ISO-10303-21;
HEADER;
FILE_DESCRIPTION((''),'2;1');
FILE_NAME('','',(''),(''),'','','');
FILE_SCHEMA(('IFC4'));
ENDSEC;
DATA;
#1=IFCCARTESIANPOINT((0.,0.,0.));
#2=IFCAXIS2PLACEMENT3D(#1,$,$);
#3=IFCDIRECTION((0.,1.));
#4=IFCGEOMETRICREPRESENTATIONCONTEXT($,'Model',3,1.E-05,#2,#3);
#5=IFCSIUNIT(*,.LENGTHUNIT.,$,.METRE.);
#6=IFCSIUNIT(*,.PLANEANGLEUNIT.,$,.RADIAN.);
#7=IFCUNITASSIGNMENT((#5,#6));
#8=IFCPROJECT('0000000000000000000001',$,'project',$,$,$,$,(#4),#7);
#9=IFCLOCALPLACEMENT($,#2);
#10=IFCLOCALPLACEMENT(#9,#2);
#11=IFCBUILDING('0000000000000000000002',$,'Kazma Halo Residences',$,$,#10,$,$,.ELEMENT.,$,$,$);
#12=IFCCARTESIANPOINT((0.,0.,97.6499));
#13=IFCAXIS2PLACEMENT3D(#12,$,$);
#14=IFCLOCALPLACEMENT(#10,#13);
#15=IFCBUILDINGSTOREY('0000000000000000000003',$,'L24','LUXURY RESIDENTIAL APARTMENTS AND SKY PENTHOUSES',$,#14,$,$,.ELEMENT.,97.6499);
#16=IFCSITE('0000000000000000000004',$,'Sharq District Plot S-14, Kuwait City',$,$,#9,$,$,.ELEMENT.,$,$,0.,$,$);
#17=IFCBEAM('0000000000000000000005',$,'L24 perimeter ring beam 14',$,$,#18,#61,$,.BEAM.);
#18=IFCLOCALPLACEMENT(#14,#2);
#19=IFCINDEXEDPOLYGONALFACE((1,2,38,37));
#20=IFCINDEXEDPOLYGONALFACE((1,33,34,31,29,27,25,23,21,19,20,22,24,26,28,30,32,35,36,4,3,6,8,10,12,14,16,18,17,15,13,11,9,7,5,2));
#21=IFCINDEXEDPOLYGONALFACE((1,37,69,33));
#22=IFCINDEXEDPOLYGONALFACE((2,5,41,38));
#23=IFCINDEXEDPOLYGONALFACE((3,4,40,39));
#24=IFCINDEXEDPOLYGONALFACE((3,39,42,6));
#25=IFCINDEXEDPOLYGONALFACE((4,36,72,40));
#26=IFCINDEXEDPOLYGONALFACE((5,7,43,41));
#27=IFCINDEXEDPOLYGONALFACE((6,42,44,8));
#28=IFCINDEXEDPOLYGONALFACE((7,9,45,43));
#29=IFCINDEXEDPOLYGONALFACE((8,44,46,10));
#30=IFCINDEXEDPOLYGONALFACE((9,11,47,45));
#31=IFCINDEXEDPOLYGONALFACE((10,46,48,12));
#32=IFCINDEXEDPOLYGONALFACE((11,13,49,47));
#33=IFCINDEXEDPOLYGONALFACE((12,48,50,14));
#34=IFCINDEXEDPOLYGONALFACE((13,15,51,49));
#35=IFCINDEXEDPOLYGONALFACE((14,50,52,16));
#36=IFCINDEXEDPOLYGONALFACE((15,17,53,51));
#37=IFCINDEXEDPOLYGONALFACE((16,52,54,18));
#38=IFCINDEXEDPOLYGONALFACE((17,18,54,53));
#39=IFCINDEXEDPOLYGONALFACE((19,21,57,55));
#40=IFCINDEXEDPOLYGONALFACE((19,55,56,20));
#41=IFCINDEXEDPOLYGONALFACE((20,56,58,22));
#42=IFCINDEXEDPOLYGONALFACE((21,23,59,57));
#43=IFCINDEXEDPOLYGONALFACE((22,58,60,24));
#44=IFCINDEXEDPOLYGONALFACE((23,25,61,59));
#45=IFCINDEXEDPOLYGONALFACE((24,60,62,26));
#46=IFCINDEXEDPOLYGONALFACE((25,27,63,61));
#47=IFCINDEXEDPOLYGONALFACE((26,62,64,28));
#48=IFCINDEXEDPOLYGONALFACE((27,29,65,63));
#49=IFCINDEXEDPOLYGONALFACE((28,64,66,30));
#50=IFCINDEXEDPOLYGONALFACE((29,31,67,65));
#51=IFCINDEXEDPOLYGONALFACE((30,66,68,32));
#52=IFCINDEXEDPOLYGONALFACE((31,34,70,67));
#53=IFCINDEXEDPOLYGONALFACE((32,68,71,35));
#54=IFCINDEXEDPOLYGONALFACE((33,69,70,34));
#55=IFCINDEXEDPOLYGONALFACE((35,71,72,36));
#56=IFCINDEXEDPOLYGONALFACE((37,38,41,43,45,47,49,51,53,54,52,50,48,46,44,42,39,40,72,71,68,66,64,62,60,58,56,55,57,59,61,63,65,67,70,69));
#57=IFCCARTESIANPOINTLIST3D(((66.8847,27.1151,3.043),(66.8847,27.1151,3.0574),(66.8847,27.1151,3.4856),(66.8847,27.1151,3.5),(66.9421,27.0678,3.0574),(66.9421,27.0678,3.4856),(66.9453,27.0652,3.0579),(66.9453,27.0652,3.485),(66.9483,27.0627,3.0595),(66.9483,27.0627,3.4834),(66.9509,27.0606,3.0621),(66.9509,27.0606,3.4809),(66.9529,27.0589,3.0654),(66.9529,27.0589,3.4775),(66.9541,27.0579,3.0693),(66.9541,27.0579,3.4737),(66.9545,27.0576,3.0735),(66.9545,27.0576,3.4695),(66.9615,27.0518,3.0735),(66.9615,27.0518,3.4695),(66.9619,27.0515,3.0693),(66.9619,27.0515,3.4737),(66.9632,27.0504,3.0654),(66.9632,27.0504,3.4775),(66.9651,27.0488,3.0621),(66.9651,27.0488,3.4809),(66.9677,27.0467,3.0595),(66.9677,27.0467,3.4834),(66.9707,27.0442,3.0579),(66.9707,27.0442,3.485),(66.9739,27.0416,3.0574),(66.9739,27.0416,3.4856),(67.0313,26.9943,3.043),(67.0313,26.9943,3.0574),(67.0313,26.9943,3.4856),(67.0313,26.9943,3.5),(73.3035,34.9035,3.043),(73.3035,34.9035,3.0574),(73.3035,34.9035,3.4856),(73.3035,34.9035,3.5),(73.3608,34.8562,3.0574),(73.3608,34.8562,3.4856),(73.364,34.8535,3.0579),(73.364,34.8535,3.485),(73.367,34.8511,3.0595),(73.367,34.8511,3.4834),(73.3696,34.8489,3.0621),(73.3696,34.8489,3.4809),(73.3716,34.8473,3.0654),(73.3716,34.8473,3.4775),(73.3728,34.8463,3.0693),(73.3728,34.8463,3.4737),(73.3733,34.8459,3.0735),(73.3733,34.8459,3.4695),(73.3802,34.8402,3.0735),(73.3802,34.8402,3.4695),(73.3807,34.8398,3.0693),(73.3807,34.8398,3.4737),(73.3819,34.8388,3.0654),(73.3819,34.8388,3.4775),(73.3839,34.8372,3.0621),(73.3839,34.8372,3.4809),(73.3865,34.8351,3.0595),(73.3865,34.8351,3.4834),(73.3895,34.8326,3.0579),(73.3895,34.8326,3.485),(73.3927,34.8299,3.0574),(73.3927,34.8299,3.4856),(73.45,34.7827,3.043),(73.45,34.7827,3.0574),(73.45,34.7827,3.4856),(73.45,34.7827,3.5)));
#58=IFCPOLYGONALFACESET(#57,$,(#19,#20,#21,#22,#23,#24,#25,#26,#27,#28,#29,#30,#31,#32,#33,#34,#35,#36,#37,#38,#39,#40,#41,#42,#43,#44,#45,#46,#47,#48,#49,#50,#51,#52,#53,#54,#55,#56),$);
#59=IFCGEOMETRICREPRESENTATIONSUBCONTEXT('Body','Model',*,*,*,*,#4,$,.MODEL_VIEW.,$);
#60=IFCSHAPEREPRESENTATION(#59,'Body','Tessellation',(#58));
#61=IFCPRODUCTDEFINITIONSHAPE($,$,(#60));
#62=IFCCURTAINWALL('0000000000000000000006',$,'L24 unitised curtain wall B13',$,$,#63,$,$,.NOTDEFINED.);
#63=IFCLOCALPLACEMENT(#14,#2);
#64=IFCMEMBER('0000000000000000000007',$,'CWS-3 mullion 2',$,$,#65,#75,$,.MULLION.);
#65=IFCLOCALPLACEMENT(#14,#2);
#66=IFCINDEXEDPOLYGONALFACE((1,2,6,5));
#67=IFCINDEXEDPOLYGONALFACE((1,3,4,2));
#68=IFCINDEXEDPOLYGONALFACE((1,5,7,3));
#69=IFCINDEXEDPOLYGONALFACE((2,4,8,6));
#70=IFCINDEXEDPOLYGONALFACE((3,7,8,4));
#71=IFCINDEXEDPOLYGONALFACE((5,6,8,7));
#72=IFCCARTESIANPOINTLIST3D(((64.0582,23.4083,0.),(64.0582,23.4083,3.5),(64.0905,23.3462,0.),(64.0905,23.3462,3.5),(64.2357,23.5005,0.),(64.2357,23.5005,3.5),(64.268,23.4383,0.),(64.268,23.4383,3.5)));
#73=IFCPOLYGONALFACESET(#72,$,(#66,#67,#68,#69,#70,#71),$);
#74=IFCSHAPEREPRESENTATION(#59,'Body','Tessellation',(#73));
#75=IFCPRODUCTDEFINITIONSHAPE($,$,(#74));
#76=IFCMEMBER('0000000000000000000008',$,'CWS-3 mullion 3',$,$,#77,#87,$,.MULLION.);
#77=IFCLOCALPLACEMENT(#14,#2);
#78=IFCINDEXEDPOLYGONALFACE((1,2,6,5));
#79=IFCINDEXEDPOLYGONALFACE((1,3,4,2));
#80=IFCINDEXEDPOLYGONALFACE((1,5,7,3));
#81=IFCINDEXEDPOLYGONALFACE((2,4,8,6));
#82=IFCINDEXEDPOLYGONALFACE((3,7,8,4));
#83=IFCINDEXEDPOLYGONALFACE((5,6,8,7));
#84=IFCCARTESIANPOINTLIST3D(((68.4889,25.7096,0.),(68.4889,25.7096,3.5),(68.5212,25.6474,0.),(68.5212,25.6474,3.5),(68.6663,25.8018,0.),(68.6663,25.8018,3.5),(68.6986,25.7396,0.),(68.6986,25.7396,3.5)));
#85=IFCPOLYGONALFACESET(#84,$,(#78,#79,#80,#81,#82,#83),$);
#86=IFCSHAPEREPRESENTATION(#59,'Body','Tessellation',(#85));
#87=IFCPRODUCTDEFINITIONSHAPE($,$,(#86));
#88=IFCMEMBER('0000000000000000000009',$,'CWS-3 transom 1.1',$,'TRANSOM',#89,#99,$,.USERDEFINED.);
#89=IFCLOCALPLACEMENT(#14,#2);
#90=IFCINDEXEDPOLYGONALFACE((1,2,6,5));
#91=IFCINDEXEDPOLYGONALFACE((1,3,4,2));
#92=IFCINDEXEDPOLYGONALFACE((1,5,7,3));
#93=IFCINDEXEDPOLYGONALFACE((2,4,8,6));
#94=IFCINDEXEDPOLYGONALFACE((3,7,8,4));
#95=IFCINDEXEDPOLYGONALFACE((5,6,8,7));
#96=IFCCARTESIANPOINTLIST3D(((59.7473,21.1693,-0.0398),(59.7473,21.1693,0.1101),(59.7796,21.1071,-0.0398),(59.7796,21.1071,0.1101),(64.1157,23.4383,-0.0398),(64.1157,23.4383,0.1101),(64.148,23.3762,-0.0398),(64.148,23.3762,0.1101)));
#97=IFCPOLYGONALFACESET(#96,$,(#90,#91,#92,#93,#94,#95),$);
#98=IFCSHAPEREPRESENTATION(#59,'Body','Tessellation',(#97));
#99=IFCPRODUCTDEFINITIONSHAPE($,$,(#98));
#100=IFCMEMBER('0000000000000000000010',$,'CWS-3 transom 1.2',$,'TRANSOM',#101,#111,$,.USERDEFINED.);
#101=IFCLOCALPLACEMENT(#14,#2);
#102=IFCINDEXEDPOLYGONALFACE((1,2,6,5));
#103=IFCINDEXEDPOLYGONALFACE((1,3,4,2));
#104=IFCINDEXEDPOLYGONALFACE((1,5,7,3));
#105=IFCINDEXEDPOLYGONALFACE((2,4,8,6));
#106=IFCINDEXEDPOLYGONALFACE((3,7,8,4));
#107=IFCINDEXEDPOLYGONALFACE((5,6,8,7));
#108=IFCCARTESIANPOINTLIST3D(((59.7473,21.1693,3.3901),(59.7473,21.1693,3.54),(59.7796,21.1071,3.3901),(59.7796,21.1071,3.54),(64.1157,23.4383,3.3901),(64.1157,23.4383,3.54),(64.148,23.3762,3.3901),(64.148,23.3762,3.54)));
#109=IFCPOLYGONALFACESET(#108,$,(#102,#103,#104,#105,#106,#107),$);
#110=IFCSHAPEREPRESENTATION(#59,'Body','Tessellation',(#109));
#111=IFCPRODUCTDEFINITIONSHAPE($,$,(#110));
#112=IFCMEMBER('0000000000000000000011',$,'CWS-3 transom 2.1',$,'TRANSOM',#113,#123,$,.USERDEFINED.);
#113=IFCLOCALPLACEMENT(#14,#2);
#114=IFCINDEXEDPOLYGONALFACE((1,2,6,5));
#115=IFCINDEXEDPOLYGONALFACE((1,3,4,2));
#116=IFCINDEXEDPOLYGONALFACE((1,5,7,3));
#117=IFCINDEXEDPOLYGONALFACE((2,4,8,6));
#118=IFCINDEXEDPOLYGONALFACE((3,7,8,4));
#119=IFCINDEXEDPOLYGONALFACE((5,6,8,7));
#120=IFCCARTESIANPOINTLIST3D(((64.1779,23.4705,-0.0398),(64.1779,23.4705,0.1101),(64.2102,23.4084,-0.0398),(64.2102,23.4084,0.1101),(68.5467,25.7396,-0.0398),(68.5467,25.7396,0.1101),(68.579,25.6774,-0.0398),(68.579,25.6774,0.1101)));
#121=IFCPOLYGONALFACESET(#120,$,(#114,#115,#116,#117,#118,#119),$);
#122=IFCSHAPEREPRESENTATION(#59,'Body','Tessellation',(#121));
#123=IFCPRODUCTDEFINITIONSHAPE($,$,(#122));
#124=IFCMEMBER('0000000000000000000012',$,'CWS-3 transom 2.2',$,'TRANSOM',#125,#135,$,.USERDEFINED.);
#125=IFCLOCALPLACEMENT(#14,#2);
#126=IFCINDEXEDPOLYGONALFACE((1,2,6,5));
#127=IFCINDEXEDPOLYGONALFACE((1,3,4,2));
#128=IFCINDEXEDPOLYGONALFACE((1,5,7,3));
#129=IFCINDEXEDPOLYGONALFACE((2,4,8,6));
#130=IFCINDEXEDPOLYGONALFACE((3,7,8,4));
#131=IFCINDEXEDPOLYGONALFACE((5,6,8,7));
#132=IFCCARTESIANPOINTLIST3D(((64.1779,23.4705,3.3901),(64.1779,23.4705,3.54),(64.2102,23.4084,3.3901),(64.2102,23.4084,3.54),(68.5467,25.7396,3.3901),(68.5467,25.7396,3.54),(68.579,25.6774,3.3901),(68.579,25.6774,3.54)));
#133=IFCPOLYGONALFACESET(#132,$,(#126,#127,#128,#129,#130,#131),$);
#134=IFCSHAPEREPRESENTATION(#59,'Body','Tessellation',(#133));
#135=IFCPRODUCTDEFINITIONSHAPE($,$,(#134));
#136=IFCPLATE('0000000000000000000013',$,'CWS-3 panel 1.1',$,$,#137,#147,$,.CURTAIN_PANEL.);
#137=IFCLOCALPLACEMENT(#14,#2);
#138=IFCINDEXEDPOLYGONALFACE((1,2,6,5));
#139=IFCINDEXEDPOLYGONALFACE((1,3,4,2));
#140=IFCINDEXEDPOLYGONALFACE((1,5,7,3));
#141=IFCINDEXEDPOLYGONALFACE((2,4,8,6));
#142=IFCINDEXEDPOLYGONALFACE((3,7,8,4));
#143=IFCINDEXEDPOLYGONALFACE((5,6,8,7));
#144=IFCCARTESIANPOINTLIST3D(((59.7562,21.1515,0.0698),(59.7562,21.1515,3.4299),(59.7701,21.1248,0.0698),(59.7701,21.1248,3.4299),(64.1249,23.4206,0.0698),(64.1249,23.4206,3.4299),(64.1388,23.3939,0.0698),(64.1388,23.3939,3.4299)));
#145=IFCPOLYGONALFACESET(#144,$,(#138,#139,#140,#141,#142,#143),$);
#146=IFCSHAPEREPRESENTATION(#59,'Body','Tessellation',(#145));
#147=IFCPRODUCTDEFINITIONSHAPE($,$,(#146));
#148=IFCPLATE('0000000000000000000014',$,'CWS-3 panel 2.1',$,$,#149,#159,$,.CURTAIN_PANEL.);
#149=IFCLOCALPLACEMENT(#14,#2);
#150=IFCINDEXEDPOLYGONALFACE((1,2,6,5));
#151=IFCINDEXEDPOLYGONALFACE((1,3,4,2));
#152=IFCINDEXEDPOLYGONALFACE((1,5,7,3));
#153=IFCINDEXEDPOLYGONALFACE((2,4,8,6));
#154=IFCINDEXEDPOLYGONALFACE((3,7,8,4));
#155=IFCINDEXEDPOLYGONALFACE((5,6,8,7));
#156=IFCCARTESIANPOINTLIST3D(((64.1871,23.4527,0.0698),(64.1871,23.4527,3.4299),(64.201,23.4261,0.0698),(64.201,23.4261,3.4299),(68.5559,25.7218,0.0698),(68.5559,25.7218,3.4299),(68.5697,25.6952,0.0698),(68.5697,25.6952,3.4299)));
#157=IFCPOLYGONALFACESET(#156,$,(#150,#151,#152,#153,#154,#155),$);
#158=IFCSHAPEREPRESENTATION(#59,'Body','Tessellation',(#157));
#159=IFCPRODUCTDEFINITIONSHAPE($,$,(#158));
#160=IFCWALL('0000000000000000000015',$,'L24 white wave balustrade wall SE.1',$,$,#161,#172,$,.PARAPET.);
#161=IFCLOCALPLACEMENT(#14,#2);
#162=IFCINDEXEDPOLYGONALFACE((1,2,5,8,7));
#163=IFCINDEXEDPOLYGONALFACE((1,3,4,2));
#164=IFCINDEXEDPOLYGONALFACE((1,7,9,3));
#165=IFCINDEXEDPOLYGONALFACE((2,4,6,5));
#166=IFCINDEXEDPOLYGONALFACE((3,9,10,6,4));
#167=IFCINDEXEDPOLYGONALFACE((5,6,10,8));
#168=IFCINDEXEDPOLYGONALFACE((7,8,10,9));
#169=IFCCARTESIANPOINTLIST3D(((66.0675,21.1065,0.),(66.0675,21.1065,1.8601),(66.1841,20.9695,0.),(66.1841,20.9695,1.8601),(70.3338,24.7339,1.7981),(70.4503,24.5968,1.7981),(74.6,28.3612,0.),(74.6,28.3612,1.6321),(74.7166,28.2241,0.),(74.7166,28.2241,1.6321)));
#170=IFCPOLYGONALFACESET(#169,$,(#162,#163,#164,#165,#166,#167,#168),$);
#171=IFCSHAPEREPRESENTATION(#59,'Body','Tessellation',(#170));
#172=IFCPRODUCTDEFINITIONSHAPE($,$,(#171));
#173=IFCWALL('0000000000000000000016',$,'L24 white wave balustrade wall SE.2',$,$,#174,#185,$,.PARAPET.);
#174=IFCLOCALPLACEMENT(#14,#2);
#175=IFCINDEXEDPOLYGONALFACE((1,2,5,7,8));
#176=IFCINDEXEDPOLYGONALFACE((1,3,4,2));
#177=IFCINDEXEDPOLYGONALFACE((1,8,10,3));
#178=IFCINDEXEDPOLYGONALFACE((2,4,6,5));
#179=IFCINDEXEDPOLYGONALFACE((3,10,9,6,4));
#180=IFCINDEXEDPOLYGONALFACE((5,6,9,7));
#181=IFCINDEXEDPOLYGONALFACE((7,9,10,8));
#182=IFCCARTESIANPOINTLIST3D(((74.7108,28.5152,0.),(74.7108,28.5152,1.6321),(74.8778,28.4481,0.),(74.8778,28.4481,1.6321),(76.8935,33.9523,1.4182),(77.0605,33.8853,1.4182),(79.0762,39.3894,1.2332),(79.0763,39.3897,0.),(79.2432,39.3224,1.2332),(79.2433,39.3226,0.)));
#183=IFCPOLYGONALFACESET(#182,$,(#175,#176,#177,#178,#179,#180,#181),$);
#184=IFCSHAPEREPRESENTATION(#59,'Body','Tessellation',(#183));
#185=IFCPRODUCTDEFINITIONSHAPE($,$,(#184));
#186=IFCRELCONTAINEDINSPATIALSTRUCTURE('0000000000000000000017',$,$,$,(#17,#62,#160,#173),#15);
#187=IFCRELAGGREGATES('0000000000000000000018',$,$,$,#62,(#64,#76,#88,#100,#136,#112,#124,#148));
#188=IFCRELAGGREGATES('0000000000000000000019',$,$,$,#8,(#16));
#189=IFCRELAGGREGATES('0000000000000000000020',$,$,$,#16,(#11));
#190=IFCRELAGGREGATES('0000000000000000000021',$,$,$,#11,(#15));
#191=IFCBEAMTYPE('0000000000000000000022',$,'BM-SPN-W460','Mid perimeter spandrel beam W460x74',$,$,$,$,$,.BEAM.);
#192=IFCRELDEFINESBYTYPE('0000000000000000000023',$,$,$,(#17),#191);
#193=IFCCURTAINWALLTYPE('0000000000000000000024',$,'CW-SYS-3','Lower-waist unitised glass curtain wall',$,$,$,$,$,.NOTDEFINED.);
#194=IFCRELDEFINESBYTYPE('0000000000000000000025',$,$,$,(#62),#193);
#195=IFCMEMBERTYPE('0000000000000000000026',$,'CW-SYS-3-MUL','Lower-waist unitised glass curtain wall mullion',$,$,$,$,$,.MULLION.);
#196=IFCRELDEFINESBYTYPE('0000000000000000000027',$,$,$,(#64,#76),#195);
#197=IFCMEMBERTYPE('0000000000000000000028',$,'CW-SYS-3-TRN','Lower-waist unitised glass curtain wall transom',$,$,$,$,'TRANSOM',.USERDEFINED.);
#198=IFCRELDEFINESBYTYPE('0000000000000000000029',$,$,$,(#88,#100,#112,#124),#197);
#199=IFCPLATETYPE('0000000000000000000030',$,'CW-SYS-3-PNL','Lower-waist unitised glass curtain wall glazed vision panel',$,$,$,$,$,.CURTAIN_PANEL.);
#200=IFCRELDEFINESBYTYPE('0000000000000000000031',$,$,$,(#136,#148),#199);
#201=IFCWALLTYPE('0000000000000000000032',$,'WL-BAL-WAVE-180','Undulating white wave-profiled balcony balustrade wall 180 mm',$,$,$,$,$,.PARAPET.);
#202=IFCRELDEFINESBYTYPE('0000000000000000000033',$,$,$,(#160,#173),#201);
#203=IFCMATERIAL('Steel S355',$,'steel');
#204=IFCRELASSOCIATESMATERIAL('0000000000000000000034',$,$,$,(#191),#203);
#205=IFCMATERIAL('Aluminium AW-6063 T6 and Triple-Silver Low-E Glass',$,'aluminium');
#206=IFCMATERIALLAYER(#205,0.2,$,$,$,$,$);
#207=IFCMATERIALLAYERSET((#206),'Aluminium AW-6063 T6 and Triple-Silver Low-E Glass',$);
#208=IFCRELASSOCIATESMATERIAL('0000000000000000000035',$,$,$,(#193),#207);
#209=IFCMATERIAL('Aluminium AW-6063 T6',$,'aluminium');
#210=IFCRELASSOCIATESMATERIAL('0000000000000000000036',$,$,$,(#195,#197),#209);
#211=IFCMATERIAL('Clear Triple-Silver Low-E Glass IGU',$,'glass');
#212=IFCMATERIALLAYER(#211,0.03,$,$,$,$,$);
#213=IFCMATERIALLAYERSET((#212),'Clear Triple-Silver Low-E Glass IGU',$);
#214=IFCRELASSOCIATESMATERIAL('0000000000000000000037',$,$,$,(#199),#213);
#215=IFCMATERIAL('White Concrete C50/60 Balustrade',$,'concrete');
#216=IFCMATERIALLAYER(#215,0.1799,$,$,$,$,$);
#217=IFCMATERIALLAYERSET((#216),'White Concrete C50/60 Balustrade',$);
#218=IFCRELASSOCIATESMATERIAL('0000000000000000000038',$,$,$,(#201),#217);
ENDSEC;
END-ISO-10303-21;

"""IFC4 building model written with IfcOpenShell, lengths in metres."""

from ifc_helpers import new_model, si_unit, direction, frame, origin, origin_2d, place, context, subcontext, project, spatial, polyline, rectangle, i_section, outline, extrude, material, layer, layer_set, material_profile, profile_set, type_object, element, aggregate, save


model = new_model("IFC4")

# Units and contexts
model_context = context("Model", 3, precision=1e-05, world=origin(), true_north=direction((0.0, 1.0)))
body_context = subcontext(model_context, "Body", "Model", "MODEL_VIEW")
ifc_project = project(units=[si_unit("LENGTHUNIT", "METRE"), si_unit("PLANEANGLEUNIT", "RADIAN")], contexts=[model_context])

# Site, building, storey
site_placement = place(None, origin())
site = spatial("IfcSite", under=ifc_project, at=site_placement, Name="Sharq District Plot S-14, Kuwait City", CompositionType="ELEMENT", RefElevation=0.0)
building_placement = place(site_placement, origin())
building = spatial("IfcBuilding", under=site, at=building_placement, Name="Kazma Halo Residences", CompositionType="ELEMENT")
storey_placement = place(building_placement, frame((0.0, 0.0, 97.6499)))
storey = spatial("IfcBuildingStorey", under=building, at=storey_placement, Name="L24", Description="LUXURY RESIDENTIAL APARTMENTS AND SKY PENTHOUSES", CompositionType="ELEMENT", Elevation=97.6499)

# Beam
ifc_material_1 = material(Name="Steel S355", Category="steel")
ifc_material_profile_1 = material_profile(ifc_material_1, i_section(OverallWidth=0.1899, OverallDepth=0.457, WebThickness=0.009, FlangeThickness=0.0144, FilletRadius=0.0161, at=origin_2d()), Name="W460x74")
ifc_profile_set_1 = profile_set([ifc_material_profile_1], Name="Steel S355")
beam_type_1 = type_object("IfcBeamType", Name="BM-SPN-W460", Description="Mid perimeter spandrel beam W460x74", PredefinedType="BEAM", material=ifc_profile_set_1)
beam_1_placement = place(storey_placement, frame((66.958, 27.0547, 3.2715), z_axis=(0.63599, 0.771698, 0.0), x_axis=(-0.771698, 0.63599, 0.0)))
element("IfcBeam", 1, at=beam_1_placement, inside=storey, type_object=beam_type_1, Name="L24 perimeter ring beam 14", PredefinedType="BEAM", context=body_context, shape_type="SweptSolid", body=[
    extrude(i_section(OverallWidth=0.1899, OverallDepth=0.457, WebThickness=0.009, FlangeThickness=0.0144, FilletRadius=0.0161, at=origin_2d()), origin(), (0.0, 0.0, 1.0), 10.0925),
])

# Curtain wall, members, plates
ifc_material_2 = material(Name="Aluminium AW-6063 T6 and Triple-Silver Low-E Glass", Category="aluminium")
ifc_layer_1 = layer(ifc_material_2, 0.2)
ifc_layer_set_1 = layer_set([ifc_layer_1], Name="Aluminium AW-6063 T6 and Triple-Silver Low-E Glass")
curtain_wall_type = type_object("IfcCurtainWallType", Name="CW-SYS-3", Description="Lower-waist unitised glass curtain wall", PredefinedType="NOTDEFINED", material=ifc_layer_set_1)
curtain_wall_placement = place(storey_placement, origin())
curtain_wall = element("IfcCurtainWall", 2, at=curtain_wall_placement, inside=storey, type_object=curtain_wall_type, Name="L24 unitised curtain wall B13", PredefinedType="NOTDEFINED")
ifc_material_3 = material(Name="Aluminium AW-6063 T6", Category="aluminium")
ifc_material_profile_2 = material_profile(ifc_material_3, rectangle(XDim=0.0701, YDim=0.2, at=origin_2d()), Name="CWM-70x200")
ifc_profile_set_2 = profile_set([ifc_material_profile_2], Name="Aluminium AW-6063 T6")
member_type_1 = type_object("IfcMemberType", Name="CW-SYS-3-MUL", Description="Lower-waist unitised glass curtain wall mullion", PredefinedType="MULLION", material=ifc_profile_set_2)
member_1_placement = place(storey_placement, frame((64.1631, 23.4233, 0.0), z_axis=(0.0, 0.0, 1.0), x_axis=(-0.460932, 0.887435, 0.0)))
member_1 = element("IfcMember", 3, at=member_1_placement, type_object=member_type_1, Name="CWS-3 mullion 2", PredefinedType="MULLION", context=body_context, shape_type="SweptSolid", body=[
    extrude(rectangle(XDim=0.0701, YDim=0.2, at=origin_2d()), origin(), (0.0, 0.0, 1.0), 3.5),
])
member_2_placement = place(storey_placement, frame((68.5938, 25.7246, 0.0), z_axis=(0.0, 0.0, 1.0), x_axis=(-0.460932, 0.887435, 0.0)))
member_2 = element("IfcMember", 4, at=member_2_placement, type_object=member_type_1, Name="CWS-3 mullion 3", PredefinedType="MULLION", context=body_context, shape_type="SweptSolid", body=[
    extrude(rectangle(XDim=0.0701, YDim=0.2, at=origin_2d()), origin(), (0.0, 0.0, 1.0), 3.5),
])
ifc_material_profile_3 = material_profile(ifc_material_3, rectangle(XDim=0.0701, YDim=0.1499, at=origin_2d()), Name="CWT-70x150")
ifc_profile_set_3 = profile_set([ifc_material_profile_3], Name="Aluminium AW-6063 T6")
member_type_2 = type_object("IfcMemberType", Name="CW-SYS-3-TRN", Description="Lower-waist unitised glass curtain wall transom", ElementType="TRANSOM", PredefinedType="USERDEFINED", material=ifc_profile_set_3)
member_3_placement = place(storey_placement, frame((59.7634, 21.1382, 0.0352), z_axis=(0.887427, 0.460948, 0.0), x_axis=(-0.460948, 0.887427, 0.0)))
member_3 = element("IfcMember", 5, at=member_3_placement, type_object=member_type_2, Name="CWS-3 transom 1.1", ObjectType="TRANSOM", PredefinedType="USERDEFINED", context=body_context, shape_type="SweptSolid", body=[
    extrude(rectangle(XDim=0.0701, YDim=0.1499, at=origin_2d()), origin(), (0.0, 0.0, 1.0), 4.9226),
])
member_4_placement = place(storey_placement, frame((59.7634, 21.1382, 3.4651), z_axis=(0.887427, 0.460948, 0.0), x_axis=(-0.460948, 0.887427, 0.0)))
member_4 = element("IfcMember", 6, at=member_4_placement, type_object=member_type_2, Name="CWS-3 transom 1.2", ObjectType="TRANSOM", PredefinedType="USERDEFINED", context=body_context, shape_type="SweptSolid", body=[
    extrude(rectangle(XDim=0.0701, YDim=0.1499, at=origin_2d()), origin(), (0.0, 0.0, 1.0), 4.9226),
])
member_5_placement = place(storey_placement, frame((64.1941, 23.4395, 0.0352), z_axis=(0.887438, 0.460928, 0.0), x_axis=(-0.460928, 0.887438, 0.0)))
member_5 = element("IfcMember", 7, at=member_5_placement, type_object=member_type_2, Name="CWS-3 transom 2.1", ObjectType="TRANSOM", PredefinedType="USERDEFINED", context=body_context, shape_type="SweptSolid", body=[
    extrude(rectangle(XDim=0.0701, YDim=0.1499, at=origin_2d()), origin(), (0.0, 0.0, 1.0), 4.9229),
])
member_6_placement = place(storey_placement, frame((64.1941, 23.4395, 3.4651), z_axis=(0.887438, 0.460928, 0.0), x_axis=(-0.460928, 0.887438, 0.0)))
member_6 = element("IfcMember", 8, at=member_6_placement, type_object=member_type_2, Name="CWS-3 transom 2.2", ObjectType="TRANSOM", PredefinedType="USERDEFINED", context=body_context, shape_type="SweptSolid", body=[
    extrude(rectangle(XDim=0.0701, YDim=0.1499, at=origin_2d()), origin(), (0.0, 0.0, 1.0), 4.9229),
])
ifc_material_4 = material(Name="Clear Triple-Silver Low-E Glass IGU", Category="glass")
ifc_layer_2 = layer(ifc_material_4, 0.03)
ifc_layer_set_2 = layer_set([ifc_layer_2], Name="Clear Triple-Silver Low-E Glass IGU")
plate_type = type_object("IfcPlateType", Name="CW-SYS-3-PNL", Description="Lower-waist unitised glass curtain wall glazed vision panel", PredefinedType="CURTAIN_PANEL", material=ifc_layer_set_2)
plate_1_placement = place(storey_placement, frame((61.9475, 22.2727, 0.0698), z_axis=(0.0, 0.0, 1.0), x_axis=(0.887435, 0.460932, 0.0)))
plate_1 = element("IfcPlate", 9, at=plate_1_placement, type_object=plate_type, Name="CWS-3 panel 1.1", PredefinedType="CURTAIN_PANEL", context=body_context, shape_type="SweptSolid", body=[
    extrude(rectangle(XDim=4.9229, YDim=0.03, at=origin_2d()), origin(), (0.0, 0.0, 1.0), 3.3601),
])
plate_2_placement = place(storey_placement, frame((66.3784, 24.574, 0.0698), z_axis=(0.0, 0.0, 1.0), x_axis=(0.887435, 0.460932, 0.0)))
plate_2 = element("IfcPlate", 10, at=plate_2_placement, type_object=plate_type, Name="CWS-3 panel 2.1", PredefinedType="CURTAIN_PANEL", context=body_context, shape_type="SweptSolid", body=[
    extrude(rectangle(XDim=4.9229, YDim=0.03, at=origin_2d()), origin(), (0.0, 0.0, 1.0), 3.3601),
])
aggregate(curtain_wall, [member_1, member_2, member_3, member_4, plate_1, member_5, member_6, plate_2])

# Walls
ifc_material_5 = material(Name="White Concrete C50/60 Balustrade", Category="concrete")
ifc_layer_3 = layer(ifc_material_5, 0.1799)
ifc_layer_set_3 = layer_set([ifc_layer_3], Name="White Concrete C50/60 Balustrade")
wall_type_1 = type_object("IfcWallType", Name="WL-BAL-WAVE-180", Description="Undulating white wave-profiled balcony balustrade wall 180 mm", PredefinedType="PARAPET", material=ifc_layer_set_3)
wall_1_placement = place(storey_placement, frame((66.1257, 21.0381, 0.0), z_axis=(0.0, 0.0, 1.0), x_axis=(0.761849, 0.647754, 0.0)))
element("IfcWall", 11, at=wall_1_placement, inside=storey, type_object=wall_type_1, Name="L24 white wave balustrade wall SE.1", PredefinedType="PARAPET", context=body_context, shape_type="SweptSolid", body=[
    extrude(outline(polyline([(0.0, 0.0), (11.1997, 0.0), (11.1997, 1.6321), (5.5999, 1.7981), (0.0, 1.8601), (0.0, 0.0)])), frame((0.0, 0.0898, 0.0), z_axis=(0.0, -1.0, 0.0), x_axis=(1.0, 0.0, 0.0)), (0.0, 0.0, 1.0), 0.1799),
])
wall_2_placement = place(storey_placement, frame((74.7942, 28.4817, 0.0), z_axis=(0.0, 0.0, 1.0), x_axis=(0.372543, 0.928015, 0.0)))
element("IfcWall", 12, at=wall_2_placement, inside=storey, type_object=wall_type_1, Name="L24 white wave balustrade wall SE.2", PredefinedType="PARAPET", context=body_context, shape_type="SweptSolid", body=[
    extrude(outline(polyline([(0.0, 0.0), (11.718, 0.0), (11.7178, 1.2332), (5.8589, 1.4182), (0.0, 1.6321), (0.0, 0.0)])), frame((0.0, 0.0898, 0.0), z_axis=(0.0, -1.0, 0.0), x_axis=(1.0, 0.0, 0.0)), (0.0, 0.0, 1.0), 0.1799),
])

save(model, "model.ifc")
